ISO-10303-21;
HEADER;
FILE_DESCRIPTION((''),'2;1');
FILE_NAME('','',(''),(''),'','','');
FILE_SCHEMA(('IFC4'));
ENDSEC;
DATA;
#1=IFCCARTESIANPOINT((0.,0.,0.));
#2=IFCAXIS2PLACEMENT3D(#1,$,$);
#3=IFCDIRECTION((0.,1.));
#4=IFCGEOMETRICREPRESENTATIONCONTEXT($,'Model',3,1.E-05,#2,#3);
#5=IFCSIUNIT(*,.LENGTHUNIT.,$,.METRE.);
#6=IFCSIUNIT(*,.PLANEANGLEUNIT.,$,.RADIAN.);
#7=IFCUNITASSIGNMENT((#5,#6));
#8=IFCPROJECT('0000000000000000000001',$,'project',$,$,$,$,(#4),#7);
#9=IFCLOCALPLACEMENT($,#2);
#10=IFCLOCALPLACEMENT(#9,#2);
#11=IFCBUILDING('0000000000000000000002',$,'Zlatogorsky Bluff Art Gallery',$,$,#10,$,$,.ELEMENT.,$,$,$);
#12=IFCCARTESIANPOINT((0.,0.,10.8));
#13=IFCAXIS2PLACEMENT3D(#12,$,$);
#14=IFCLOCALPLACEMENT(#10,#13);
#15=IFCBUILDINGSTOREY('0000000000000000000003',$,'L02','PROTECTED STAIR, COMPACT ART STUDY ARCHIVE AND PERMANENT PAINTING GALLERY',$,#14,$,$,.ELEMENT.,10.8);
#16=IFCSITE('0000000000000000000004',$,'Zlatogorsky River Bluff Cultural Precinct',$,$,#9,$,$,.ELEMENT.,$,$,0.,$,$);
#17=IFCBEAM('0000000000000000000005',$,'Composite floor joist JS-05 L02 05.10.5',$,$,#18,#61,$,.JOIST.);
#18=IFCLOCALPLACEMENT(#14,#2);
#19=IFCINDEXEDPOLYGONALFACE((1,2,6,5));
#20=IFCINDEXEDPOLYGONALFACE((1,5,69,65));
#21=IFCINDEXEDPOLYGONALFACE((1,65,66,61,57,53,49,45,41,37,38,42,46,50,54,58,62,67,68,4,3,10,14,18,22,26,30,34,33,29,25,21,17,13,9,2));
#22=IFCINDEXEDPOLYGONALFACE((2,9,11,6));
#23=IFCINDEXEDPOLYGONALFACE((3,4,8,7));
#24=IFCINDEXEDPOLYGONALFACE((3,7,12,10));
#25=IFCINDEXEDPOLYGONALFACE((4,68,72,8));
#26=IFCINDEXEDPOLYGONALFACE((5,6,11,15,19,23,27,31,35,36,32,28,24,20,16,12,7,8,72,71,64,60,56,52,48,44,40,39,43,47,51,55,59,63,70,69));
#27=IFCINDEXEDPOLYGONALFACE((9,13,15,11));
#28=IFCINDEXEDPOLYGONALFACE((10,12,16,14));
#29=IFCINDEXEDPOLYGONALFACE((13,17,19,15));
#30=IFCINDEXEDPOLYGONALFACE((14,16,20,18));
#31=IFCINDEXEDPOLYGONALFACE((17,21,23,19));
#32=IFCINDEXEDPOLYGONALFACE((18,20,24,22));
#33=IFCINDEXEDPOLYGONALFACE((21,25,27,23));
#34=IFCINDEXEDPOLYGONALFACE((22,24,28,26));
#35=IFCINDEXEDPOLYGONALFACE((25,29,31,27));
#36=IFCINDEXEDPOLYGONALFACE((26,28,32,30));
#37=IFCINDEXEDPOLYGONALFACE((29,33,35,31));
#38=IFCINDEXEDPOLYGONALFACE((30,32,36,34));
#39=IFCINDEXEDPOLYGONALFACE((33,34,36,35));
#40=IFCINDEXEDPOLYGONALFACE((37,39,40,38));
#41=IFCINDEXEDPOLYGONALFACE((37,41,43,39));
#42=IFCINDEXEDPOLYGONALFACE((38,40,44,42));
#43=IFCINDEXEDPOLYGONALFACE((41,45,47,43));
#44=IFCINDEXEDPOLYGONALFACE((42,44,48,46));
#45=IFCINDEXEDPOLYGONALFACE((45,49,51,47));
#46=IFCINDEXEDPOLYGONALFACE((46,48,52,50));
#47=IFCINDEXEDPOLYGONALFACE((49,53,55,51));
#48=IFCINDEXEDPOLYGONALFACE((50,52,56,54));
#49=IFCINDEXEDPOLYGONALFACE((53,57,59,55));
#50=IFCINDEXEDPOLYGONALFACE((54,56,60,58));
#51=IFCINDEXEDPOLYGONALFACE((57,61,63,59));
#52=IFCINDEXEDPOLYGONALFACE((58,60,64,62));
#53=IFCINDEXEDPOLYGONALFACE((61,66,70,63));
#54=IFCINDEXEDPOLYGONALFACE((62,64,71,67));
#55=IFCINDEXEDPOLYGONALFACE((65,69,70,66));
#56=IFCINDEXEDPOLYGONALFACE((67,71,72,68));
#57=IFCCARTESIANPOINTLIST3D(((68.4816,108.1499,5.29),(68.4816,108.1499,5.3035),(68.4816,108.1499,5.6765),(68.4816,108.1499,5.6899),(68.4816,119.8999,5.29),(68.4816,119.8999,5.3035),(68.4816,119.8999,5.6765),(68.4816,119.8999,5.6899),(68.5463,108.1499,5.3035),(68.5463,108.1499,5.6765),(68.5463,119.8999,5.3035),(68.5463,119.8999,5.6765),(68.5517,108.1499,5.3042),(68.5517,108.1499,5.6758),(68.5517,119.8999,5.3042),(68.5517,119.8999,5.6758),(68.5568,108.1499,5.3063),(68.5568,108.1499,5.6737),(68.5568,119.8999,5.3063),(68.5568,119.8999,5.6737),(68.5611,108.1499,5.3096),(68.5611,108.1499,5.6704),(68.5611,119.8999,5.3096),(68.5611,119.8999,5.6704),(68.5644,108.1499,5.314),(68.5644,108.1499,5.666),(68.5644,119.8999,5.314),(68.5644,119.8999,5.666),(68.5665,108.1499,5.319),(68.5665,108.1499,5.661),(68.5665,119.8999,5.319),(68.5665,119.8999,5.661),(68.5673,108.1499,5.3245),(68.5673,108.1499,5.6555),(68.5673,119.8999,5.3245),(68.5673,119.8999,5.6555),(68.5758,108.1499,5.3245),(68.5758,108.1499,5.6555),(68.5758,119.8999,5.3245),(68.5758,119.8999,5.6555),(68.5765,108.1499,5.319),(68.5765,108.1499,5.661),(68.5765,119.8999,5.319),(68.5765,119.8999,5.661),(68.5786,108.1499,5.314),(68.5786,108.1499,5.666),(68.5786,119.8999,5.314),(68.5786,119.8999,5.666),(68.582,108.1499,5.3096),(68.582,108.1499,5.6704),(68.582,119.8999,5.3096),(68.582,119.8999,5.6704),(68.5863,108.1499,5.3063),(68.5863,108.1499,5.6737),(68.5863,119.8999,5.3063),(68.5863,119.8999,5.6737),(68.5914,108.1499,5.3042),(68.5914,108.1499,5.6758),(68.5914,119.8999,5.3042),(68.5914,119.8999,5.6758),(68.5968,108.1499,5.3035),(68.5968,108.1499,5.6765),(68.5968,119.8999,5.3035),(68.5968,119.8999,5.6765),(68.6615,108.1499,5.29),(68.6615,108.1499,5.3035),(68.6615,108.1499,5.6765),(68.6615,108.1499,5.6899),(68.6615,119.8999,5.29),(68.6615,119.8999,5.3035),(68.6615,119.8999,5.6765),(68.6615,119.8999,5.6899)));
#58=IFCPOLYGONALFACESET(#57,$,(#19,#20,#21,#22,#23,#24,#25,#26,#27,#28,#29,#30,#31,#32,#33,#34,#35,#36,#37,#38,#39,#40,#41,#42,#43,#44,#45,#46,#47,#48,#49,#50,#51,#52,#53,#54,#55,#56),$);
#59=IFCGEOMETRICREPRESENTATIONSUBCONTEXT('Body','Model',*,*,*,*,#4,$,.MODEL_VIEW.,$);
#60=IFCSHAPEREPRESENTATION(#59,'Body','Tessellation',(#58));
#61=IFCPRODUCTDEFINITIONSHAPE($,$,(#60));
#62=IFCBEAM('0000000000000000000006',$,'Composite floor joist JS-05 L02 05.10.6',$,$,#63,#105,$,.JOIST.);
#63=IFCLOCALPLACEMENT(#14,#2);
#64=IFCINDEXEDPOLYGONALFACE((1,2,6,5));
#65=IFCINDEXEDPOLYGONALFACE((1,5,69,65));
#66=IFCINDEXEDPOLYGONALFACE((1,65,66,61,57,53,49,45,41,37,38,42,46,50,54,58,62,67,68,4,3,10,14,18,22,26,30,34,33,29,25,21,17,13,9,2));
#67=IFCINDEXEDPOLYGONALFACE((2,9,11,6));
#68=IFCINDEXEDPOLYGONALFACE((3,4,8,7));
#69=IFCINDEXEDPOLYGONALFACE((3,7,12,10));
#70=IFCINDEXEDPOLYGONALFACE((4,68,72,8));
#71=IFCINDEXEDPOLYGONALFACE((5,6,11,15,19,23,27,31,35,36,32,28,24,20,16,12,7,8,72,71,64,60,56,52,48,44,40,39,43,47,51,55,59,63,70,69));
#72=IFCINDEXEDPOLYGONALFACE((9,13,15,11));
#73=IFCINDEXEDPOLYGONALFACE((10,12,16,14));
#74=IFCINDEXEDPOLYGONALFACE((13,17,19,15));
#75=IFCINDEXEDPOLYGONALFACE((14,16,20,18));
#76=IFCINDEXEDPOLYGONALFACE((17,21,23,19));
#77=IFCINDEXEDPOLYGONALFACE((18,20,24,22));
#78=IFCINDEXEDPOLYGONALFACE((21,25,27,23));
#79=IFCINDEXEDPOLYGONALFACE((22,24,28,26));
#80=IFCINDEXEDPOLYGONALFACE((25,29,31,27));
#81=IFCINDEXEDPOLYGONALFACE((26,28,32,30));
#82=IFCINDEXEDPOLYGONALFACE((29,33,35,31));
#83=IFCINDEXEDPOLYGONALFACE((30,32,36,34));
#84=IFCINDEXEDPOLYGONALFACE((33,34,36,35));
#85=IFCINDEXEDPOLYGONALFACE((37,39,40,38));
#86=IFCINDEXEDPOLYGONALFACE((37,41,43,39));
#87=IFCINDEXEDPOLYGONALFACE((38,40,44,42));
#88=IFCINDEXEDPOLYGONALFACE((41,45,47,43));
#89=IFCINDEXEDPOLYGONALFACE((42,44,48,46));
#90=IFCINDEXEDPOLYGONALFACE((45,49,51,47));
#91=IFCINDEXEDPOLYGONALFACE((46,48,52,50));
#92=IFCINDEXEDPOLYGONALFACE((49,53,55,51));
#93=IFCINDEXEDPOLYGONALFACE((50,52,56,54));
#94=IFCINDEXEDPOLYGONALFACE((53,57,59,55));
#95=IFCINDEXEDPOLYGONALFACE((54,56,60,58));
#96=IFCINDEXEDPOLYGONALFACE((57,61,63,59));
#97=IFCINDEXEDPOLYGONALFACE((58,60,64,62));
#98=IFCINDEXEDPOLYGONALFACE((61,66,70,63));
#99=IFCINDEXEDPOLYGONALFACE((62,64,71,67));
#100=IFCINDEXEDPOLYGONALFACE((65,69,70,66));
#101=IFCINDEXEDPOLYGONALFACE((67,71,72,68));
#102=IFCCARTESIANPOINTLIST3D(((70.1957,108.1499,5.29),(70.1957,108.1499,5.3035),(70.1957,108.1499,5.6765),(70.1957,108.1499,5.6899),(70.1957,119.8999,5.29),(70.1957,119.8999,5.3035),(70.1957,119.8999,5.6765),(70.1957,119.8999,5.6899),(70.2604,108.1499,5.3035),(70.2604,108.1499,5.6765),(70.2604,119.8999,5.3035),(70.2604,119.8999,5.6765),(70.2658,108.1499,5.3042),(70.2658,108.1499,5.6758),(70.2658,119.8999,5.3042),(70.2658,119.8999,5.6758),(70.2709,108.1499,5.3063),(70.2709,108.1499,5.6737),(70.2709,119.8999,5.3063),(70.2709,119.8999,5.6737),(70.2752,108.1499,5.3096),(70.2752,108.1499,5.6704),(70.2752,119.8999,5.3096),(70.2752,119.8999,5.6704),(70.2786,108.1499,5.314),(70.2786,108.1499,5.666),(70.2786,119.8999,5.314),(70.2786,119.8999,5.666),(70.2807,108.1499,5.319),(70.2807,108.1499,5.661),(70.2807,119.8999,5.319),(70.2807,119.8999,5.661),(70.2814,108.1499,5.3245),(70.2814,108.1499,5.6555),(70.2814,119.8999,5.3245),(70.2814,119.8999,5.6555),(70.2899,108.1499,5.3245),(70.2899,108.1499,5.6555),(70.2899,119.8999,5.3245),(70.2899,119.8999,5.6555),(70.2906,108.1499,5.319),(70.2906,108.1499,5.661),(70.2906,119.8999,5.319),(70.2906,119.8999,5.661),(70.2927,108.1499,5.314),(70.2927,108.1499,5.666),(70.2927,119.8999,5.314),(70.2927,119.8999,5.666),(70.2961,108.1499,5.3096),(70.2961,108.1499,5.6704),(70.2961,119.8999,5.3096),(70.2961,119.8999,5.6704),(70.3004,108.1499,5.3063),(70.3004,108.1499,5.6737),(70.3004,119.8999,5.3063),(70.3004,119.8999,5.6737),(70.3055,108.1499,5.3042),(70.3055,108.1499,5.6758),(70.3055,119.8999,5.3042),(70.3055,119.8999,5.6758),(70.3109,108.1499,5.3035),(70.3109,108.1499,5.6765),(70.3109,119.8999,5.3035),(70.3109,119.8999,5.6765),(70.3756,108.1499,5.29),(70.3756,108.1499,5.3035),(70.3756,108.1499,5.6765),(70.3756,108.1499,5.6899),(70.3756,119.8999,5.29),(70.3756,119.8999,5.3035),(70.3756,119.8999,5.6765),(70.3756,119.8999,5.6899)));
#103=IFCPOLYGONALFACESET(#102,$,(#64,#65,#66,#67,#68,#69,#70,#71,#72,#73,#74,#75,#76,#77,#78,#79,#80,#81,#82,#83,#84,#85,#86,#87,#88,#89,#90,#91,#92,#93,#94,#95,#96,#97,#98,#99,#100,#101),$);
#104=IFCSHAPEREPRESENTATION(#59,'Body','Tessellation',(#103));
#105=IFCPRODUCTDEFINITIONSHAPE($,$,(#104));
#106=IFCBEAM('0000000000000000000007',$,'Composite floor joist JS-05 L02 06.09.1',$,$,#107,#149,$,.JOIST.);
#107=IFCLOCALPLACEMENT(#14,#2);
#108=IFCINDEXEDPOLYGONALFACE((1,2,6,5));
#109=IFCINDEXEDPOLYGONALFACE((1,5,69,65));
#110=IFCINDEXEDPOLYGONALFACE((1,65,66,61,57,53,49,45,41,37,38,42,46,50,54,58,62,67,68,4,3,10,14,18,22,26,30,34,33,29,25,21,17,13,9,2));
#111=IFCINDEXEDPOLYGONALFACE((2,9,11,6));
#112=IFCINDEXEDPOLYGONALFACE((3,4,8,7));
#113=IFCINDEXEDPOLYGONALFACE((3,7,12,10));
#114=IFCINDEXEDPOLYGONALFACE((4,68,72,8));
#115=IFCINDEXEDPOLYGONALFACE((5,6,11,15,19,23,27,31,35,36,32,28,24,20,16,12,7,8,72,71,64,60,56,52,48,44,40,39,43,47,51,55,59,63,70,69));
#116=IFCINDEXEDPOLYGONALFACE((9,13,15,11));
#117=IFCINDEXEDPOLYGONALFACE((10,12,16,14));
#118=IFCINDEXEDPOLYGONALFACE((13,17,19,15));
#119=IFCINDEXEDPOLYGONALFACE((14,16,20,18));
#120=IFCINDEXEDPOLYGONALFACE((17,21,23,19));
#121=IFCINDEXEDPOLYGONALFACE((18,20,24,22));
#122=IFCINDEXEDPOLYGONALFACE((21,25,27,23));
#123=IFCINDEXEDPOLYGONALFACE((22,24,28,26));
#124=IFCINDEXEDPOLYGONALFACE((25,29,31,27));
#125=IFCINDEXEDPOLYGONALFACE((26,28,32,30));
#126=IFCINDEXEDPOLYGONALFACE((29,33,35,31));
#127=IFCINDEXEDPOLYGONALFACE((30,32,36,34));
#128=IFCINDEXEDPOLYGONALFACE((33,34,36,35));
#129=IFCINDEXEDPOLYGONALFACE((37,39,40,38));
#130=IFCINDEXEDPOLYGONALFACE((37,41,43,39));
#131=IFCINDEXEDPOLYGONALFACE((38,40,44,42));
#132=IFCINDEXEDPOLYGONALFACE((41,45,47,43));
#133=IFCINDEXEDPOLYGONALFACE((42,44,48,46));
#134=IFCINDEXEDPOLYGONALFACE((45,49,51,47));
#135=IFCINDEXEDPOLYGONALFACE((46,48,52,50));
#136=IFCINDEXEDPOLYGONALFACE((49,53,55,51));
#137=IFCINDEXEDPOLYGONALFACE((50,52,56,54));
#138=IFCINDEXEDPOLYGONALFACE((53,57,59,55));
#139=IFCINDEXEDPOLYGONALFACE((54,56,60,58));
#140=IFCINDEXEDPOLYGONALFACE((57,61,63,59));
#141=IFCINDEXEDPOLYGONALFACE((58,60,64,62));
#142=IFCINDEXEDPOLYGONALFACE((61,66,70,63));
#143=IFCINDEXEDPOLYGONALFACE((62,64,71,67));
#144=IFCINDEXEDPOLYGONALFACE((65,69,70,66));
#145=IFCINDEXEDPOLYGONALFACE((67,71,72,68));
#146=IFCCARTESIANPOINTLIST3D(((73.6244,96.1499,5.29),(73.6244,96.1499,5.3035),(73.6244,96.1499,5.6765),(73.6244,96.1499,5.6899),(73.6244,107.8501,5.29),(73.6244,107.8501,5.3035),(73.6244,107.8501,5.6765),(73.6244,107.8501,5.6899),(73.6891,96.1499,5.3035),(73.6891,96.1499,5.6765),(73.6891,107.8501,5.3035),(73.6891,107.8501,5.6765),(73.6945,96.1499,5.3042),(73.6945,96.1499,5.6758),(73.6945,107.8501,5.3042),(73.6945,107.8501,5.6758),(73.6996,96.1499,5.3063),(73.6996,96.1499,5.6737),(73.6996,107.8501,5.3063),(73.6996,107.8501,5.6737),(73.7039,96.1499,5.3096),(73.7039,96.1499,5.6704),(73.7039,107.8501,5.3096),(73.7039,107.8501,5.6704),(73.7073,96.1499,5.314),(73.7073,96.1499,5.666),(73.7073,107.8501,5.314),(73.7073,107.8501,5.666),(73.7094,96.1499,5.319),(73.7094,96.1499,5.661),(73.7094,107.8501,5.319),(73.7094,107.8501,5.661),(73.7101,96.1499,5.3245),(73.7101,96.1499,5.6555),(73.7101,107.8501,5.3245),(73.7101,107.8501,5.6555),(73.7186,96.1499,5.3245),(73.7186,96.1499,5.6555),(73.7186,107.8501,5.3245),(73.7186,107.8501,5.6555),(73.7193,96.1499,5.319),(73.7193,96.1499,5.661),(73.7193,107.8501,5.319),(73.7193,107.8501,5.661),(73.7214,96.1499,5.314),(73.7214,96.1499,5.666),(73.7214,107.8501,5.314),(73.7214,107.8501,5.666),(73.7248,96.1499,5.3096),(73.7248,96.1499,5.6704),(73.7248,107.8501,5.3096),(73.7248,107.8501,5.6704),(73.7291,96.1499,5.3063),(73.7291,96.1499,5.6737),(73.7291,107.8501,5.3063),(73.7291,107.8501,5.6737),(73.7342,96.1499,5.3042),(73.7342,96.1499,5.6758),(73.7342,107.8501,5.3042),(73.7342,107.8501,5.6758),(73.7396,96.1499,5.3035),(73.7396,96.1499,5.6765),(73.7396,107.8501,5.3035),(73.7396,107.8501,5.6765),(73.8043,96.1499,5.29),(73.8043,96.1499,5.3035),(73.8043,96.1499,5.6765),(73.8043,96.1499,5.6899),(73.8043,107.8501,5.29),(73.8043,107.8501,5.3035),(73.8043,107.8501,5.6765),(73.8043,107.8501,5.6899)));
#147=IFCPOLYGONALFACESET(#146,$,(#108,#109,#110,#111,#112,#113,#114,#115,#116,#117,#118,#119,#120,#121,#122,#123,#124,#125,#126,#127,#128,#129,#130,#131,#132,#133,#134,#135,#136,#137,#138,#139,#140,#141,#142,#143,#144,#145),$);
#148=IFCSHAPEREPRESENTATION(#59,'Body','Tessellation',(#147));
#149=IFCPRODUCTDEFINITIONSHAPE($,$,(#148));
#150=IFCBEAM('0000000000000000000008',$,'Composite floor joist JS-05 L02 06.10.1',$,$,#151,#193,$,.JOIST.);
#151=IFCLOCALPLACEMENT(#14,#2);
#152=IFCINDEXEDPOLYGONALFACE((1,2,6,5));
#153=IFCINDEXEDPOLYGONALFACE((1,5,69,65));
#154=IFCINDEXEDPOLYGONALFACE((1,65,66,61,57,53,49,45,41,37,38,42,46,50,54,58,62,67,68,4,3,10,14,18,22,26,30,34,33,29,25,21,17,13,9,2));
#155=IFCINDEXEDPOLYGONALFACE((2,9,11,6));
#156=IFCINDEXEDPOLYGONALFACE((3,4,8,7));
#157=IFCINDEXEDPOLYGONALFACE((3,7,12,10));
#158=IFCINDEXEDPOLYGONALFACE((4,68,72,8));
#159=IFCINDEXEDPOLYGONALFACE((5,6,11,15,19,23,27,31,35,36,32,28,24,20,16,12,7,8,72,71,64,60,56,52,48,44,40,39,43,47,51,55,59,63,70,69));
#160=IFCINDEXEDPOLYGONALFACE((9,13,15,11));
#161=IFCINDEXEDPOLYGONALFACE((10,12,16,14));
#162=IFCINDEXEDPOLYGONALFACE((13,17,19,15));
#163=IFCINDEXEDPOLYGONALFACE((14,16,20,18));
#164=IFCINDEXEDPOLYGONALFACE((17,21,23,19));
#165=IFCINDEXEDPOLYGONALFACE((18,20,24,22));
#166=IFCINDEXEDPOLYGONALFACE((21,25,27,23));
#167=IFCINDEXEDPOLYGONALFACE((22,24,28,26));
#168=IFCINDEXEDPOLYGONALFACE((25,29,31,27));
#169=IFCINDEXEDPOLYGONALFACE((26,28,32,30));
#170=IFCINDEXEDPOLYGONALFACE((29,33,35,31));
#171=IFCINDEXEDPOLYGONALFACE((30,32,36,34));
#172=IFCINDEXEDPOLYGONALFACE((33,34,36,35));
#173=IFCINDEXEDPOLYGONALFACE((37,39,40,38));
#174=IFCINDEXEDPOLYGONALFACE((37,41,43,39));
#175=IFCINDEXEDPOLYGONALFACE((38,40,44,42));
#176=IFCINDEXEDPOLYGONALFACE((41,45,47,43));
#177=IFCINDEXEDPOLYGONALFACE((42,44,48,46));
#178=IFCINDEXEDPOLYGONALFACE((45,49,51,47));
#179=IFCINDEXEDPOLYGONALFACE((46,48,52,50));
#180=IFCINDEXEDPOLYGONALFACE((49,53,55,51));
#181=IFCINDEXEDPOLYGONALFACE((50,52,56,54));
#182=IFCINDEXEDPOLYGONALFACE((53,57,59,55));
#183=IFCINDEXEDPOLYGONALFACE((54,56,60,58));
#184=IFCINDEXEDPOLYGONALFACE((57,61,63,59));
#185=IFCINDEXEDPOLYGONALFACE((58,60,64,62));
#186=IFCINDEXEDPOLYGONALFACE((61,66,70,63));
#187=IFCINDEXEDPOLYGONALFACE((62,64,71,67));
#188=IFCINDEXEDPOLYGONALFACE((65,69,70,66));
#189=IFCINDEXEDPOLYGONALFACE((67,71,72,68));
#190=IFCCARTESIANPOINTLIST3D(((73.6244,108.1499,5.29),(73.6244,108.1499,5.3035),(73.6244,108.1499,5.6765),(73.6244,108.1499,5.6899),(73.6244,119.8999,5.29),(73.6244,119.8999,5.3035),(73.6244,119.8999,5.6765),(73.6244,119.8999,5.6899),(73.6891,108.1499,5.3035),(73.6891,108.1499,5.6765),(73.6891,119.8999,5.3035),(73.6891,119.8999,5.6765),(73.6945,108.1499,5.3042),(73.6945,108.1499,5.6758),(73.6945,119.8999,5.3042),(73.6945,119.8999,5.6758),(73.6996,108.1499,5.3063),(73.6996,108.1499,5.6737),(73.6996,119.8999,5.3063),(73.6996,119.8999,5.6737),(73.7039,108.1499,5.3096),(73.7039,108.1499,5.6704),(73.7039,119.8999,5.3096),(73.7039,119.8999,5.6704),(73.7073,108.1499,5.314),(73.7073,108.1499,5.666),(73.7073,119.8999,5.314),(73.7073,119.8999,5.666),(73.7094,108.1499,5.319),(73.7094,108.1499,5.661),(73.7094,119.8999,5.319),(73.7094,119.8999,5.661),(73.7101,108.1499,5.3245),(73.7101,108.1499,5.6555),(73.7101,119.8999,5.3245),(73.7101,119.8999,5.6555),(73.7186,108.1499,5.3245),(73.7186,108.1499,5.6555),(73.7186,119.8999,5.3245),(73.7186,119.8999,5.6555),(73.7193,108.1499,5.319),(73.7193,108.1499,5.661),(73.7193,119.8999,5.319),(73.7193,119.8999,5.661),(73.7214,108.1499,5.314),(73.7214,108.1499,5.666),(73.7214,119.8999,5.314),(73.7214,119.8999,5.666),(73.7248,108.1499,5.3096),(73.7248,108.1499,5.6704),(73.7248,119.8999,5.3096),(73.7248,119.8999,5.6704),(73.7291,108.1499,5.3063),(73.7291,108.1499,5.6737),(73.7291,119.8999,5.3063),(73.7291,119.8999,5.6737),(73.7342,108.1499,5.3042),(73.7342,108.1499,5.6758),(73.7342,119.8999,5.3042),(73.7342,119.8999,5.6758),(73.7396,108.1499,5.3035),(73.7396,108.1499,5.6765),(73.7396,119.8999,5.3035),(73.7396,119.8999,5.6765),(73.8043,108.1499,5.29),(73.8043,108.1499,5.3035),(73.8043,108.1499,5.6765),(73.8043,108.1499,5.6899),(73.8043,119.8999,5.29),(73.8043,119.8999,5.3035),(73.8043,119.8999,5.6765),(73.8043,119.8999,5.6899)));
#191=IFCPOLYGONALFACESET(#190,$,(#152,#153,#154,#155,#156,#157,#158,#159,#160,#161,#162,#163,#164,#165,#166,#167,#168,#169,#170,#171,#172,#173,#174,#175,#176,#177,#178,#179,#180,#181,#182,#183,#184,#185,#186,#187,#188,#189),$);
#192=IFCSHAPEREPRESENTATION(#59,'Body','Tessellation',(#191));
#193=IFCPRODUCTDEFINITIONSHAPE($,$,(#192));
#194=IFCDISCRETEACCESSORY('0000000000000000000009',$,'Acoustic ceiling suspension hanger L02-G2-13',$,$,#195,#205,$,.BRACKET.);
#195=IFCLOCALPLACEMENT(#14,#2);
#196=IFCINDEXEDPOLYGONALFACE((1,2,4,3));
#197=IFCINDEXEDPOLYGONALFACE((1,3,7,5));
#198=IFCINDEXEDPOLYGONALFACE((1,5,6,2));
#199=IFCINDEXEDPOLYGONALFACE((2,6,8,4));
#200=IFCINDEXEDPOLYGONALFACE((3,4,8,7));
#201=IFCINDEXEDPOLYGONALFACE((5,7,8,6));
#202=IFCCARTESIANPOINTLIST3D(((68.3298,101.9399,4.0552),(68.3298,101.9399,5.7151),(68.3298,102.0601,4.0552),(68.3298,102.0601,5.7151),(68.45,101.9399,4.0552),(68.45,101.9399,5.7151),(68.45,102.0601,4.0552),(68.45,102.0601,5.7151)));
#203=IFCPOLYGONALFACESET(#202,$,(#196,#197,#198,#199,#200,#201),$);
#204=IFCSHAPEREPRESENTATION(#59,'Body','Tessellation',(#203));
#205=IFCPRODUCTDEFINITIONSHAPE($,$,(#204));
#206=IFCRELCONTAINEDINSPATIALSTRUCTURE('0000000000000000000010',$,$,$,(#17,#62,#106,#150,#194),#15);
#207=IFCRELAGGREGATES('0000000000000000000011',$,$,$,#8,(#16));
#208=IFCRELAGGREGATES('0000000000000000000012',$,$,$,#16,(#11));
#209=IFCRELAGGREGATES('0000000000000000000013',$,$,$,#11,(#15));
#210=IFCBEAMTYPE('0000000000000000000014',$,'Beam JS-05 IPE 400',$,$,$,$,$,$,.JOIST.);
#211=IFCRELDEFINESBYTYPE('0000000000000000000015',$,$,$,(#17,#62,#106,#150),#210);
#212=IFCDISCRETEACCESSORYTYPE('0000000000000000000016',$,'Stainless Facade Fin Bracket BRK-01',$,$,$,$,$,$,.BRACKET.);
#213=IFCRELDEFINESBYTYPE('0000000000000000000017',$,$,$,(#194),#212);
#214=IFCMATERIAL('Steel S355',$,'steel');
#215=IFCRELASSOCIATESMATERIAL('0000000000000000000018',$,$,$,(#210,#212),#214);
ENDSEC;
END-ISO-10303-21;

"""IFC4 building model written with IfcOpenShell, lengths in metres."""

from ifc_helpers import new_model, si_unit, direction, frame, origin, origin_2d, place, context, subcontext, project, spatial, rectangle, i_section, extrude, material, material_profile, profile_set, type_object, element, save


model = new_model("IFC4")

# Units and contexts
model_context = context("Model", 3, precision=1e-05, world=origin(), true_north=direction((0.0, 1.0)))
body_context = subcontext(model_context, "Body", "Model", "MODEL_VIEW")
ifc_project = project(units=[si_unit("LENGTHUNIT", "METRE"), si_unit("PLANEANGLEUNIT", "RADIAN")], contexts=[model_context])

# Site, building, storey
site_placement = place(None, origin())
site = spatial("IfcSite", under=ifc_project, at=site_placement, Name="Zlatogorsky River Bluff Cultural Precinct", CompositionType="ELEMENT", RefElevation=0.0)
building_placement = place(site_placement, origin())
building = spatial("IfcBuilding", under=site, at=building_placement, Name="Zlatogorsky Bluff Art Gallery", CompositionType="ELEMENT")
storey_placement = place(building_placement, frame((0.0, 0.0, 10.8)))
storey = spatial("IfcBuildingStorey", under=building, at=storey_placement, Name="L02", Description="PROTECTED STAIR, COMPACT ART STUDY ARCHIVE AND PERMANENT PAINTING GALLERY", CompositionType="ELEMENT", Elevation=10.8)

# Shared definitions
ifc_material = material(Name="Steel S355", Category="steel")

# Beams
ifc_material_profile_1 = material_profile(ifc_material, i_section(OverallWidth=0.1799, OverallDepth=0.3999, WebThickness=0.0085, FlangeThickness=0.0134, FilletRadius=0.021, at=origin_2d()), Name="IPE 400")
ifc_profile_set_1 = profile_set([ifc_material_profile_1], Name="Steel S355")
beam_type_1 = type_object("IfcBeamType", Name="Beam JS-05 IPE 400", PredefinedType="JOIST", material=ifc_profile_set_1)
for number, where, z_axis, x_axis, name in (
    (1, (68.5715, 108.1499, 5.49), (0.0, 1.0, 0.0), (-1.0, 0.0, 0.0), "Composite floor joist JS-05 L02 05.10.5"),
    (2, (70.2856, 108.1499, 5.49), (0.0, 1.0, 0.0), (-1.0, 0.0, 0.0), "Composite floor joist JS-05 L02 05.10.6"),
):
    element("IfcBeam", number, at=place(storey_placement, frame(where, z_axis=z_axis, x_axis=x_axis)), inside=storey, type_object=beam_type_1, Name=name, PredefinedType="JOIST", context=body_context, shape_type="SweptSolid", body=[
        extrude(i_section(OverallWidth=0.1799, OverallDepth=0.3999, WebThickness=0.0085, FlangeThickness=0.0134, FilletRadius=0.021, at=origin_2d()), origin(), (0.0, 0.0, 1.0), 11.75),
    ])
beam_1_placement = place(storey_placement, frame((73.7144, 96.1499, 5.49), z_axis=(0.0, 1.0, 0.0), x_axis=(-1.0, 0.0, 0.0)))
element("IfcBeam", 3, at=beam_1_placement, inside=storey, type_object=beam_type_1, Name="Composite floor joist JS-05 L02 06.09.1", PredefinedType="JOIST", context=body_context, shape_type="SweptSolid", body=[
    extrude(i_section(OverallWidth=0.1799, OverallDepth=0.3999, WebThickness=0.0085, FlangeThickness=0.0134, FilletRadius=0.021, at=origin_2d()), origin(), (0.0, 0.0, 1.0), 11.7002),
])
beam_2_placement = place(storey_placement, frame((73.7144, 108.1499, 5.49), z_axis=(0.0, 1.0, 0.0), x_axis=(-1.0, 0.0, 0.0)))
element("IfcBeam", 4, at=beam_2_placement, inside=storey, type_object=beam_type_1, Name="Composite floor joist JS-05 L02 06.10.1", PredefinedType="JOIST", context=body_context, shape_type="SweptSolid", body=[
    extrude(i_section(OverallWidth=0.1799, OverallDepth=0.3999, WebThickness=0.0085, FlangeThickness=0.0134, FilletRadius=0.021, at=origin_2d()), origin(), (0.0, 0.0, 1.0), 11.75),
])

# Discrete accessory
discrete_accessory_type = type_object("IfcDiscreteAccessoryType", Name="Stainless Facade Fin Bracket BRK-01", PredefinedType="BRACKET", material=ifc_material)
discrete_accessory_placement = place(storey_placement, frame((68.3899, 102.0, 4.0552), z_axis=(0.0, 0.0, 1.0), x_axis=(1.0, 0.0, 0.0)))
element("IfcDiscreteAccessory", 5, at=discrete_accessory_placement, inside=storey, type_object=discrete_accessory_type, Name="Acoustic ceiling suspension hanger L02-G2-13", PredefinedType="BRACKET", context=body_context, shape_type="SweptSolid", body=[
    extrude(rectangle(XDim=0.1201, YDim=0.1201, at=origin_2d()), origin(), (0.0, 0.0, 1.0), 1.6599),
])

save(model, "model.ifc")
